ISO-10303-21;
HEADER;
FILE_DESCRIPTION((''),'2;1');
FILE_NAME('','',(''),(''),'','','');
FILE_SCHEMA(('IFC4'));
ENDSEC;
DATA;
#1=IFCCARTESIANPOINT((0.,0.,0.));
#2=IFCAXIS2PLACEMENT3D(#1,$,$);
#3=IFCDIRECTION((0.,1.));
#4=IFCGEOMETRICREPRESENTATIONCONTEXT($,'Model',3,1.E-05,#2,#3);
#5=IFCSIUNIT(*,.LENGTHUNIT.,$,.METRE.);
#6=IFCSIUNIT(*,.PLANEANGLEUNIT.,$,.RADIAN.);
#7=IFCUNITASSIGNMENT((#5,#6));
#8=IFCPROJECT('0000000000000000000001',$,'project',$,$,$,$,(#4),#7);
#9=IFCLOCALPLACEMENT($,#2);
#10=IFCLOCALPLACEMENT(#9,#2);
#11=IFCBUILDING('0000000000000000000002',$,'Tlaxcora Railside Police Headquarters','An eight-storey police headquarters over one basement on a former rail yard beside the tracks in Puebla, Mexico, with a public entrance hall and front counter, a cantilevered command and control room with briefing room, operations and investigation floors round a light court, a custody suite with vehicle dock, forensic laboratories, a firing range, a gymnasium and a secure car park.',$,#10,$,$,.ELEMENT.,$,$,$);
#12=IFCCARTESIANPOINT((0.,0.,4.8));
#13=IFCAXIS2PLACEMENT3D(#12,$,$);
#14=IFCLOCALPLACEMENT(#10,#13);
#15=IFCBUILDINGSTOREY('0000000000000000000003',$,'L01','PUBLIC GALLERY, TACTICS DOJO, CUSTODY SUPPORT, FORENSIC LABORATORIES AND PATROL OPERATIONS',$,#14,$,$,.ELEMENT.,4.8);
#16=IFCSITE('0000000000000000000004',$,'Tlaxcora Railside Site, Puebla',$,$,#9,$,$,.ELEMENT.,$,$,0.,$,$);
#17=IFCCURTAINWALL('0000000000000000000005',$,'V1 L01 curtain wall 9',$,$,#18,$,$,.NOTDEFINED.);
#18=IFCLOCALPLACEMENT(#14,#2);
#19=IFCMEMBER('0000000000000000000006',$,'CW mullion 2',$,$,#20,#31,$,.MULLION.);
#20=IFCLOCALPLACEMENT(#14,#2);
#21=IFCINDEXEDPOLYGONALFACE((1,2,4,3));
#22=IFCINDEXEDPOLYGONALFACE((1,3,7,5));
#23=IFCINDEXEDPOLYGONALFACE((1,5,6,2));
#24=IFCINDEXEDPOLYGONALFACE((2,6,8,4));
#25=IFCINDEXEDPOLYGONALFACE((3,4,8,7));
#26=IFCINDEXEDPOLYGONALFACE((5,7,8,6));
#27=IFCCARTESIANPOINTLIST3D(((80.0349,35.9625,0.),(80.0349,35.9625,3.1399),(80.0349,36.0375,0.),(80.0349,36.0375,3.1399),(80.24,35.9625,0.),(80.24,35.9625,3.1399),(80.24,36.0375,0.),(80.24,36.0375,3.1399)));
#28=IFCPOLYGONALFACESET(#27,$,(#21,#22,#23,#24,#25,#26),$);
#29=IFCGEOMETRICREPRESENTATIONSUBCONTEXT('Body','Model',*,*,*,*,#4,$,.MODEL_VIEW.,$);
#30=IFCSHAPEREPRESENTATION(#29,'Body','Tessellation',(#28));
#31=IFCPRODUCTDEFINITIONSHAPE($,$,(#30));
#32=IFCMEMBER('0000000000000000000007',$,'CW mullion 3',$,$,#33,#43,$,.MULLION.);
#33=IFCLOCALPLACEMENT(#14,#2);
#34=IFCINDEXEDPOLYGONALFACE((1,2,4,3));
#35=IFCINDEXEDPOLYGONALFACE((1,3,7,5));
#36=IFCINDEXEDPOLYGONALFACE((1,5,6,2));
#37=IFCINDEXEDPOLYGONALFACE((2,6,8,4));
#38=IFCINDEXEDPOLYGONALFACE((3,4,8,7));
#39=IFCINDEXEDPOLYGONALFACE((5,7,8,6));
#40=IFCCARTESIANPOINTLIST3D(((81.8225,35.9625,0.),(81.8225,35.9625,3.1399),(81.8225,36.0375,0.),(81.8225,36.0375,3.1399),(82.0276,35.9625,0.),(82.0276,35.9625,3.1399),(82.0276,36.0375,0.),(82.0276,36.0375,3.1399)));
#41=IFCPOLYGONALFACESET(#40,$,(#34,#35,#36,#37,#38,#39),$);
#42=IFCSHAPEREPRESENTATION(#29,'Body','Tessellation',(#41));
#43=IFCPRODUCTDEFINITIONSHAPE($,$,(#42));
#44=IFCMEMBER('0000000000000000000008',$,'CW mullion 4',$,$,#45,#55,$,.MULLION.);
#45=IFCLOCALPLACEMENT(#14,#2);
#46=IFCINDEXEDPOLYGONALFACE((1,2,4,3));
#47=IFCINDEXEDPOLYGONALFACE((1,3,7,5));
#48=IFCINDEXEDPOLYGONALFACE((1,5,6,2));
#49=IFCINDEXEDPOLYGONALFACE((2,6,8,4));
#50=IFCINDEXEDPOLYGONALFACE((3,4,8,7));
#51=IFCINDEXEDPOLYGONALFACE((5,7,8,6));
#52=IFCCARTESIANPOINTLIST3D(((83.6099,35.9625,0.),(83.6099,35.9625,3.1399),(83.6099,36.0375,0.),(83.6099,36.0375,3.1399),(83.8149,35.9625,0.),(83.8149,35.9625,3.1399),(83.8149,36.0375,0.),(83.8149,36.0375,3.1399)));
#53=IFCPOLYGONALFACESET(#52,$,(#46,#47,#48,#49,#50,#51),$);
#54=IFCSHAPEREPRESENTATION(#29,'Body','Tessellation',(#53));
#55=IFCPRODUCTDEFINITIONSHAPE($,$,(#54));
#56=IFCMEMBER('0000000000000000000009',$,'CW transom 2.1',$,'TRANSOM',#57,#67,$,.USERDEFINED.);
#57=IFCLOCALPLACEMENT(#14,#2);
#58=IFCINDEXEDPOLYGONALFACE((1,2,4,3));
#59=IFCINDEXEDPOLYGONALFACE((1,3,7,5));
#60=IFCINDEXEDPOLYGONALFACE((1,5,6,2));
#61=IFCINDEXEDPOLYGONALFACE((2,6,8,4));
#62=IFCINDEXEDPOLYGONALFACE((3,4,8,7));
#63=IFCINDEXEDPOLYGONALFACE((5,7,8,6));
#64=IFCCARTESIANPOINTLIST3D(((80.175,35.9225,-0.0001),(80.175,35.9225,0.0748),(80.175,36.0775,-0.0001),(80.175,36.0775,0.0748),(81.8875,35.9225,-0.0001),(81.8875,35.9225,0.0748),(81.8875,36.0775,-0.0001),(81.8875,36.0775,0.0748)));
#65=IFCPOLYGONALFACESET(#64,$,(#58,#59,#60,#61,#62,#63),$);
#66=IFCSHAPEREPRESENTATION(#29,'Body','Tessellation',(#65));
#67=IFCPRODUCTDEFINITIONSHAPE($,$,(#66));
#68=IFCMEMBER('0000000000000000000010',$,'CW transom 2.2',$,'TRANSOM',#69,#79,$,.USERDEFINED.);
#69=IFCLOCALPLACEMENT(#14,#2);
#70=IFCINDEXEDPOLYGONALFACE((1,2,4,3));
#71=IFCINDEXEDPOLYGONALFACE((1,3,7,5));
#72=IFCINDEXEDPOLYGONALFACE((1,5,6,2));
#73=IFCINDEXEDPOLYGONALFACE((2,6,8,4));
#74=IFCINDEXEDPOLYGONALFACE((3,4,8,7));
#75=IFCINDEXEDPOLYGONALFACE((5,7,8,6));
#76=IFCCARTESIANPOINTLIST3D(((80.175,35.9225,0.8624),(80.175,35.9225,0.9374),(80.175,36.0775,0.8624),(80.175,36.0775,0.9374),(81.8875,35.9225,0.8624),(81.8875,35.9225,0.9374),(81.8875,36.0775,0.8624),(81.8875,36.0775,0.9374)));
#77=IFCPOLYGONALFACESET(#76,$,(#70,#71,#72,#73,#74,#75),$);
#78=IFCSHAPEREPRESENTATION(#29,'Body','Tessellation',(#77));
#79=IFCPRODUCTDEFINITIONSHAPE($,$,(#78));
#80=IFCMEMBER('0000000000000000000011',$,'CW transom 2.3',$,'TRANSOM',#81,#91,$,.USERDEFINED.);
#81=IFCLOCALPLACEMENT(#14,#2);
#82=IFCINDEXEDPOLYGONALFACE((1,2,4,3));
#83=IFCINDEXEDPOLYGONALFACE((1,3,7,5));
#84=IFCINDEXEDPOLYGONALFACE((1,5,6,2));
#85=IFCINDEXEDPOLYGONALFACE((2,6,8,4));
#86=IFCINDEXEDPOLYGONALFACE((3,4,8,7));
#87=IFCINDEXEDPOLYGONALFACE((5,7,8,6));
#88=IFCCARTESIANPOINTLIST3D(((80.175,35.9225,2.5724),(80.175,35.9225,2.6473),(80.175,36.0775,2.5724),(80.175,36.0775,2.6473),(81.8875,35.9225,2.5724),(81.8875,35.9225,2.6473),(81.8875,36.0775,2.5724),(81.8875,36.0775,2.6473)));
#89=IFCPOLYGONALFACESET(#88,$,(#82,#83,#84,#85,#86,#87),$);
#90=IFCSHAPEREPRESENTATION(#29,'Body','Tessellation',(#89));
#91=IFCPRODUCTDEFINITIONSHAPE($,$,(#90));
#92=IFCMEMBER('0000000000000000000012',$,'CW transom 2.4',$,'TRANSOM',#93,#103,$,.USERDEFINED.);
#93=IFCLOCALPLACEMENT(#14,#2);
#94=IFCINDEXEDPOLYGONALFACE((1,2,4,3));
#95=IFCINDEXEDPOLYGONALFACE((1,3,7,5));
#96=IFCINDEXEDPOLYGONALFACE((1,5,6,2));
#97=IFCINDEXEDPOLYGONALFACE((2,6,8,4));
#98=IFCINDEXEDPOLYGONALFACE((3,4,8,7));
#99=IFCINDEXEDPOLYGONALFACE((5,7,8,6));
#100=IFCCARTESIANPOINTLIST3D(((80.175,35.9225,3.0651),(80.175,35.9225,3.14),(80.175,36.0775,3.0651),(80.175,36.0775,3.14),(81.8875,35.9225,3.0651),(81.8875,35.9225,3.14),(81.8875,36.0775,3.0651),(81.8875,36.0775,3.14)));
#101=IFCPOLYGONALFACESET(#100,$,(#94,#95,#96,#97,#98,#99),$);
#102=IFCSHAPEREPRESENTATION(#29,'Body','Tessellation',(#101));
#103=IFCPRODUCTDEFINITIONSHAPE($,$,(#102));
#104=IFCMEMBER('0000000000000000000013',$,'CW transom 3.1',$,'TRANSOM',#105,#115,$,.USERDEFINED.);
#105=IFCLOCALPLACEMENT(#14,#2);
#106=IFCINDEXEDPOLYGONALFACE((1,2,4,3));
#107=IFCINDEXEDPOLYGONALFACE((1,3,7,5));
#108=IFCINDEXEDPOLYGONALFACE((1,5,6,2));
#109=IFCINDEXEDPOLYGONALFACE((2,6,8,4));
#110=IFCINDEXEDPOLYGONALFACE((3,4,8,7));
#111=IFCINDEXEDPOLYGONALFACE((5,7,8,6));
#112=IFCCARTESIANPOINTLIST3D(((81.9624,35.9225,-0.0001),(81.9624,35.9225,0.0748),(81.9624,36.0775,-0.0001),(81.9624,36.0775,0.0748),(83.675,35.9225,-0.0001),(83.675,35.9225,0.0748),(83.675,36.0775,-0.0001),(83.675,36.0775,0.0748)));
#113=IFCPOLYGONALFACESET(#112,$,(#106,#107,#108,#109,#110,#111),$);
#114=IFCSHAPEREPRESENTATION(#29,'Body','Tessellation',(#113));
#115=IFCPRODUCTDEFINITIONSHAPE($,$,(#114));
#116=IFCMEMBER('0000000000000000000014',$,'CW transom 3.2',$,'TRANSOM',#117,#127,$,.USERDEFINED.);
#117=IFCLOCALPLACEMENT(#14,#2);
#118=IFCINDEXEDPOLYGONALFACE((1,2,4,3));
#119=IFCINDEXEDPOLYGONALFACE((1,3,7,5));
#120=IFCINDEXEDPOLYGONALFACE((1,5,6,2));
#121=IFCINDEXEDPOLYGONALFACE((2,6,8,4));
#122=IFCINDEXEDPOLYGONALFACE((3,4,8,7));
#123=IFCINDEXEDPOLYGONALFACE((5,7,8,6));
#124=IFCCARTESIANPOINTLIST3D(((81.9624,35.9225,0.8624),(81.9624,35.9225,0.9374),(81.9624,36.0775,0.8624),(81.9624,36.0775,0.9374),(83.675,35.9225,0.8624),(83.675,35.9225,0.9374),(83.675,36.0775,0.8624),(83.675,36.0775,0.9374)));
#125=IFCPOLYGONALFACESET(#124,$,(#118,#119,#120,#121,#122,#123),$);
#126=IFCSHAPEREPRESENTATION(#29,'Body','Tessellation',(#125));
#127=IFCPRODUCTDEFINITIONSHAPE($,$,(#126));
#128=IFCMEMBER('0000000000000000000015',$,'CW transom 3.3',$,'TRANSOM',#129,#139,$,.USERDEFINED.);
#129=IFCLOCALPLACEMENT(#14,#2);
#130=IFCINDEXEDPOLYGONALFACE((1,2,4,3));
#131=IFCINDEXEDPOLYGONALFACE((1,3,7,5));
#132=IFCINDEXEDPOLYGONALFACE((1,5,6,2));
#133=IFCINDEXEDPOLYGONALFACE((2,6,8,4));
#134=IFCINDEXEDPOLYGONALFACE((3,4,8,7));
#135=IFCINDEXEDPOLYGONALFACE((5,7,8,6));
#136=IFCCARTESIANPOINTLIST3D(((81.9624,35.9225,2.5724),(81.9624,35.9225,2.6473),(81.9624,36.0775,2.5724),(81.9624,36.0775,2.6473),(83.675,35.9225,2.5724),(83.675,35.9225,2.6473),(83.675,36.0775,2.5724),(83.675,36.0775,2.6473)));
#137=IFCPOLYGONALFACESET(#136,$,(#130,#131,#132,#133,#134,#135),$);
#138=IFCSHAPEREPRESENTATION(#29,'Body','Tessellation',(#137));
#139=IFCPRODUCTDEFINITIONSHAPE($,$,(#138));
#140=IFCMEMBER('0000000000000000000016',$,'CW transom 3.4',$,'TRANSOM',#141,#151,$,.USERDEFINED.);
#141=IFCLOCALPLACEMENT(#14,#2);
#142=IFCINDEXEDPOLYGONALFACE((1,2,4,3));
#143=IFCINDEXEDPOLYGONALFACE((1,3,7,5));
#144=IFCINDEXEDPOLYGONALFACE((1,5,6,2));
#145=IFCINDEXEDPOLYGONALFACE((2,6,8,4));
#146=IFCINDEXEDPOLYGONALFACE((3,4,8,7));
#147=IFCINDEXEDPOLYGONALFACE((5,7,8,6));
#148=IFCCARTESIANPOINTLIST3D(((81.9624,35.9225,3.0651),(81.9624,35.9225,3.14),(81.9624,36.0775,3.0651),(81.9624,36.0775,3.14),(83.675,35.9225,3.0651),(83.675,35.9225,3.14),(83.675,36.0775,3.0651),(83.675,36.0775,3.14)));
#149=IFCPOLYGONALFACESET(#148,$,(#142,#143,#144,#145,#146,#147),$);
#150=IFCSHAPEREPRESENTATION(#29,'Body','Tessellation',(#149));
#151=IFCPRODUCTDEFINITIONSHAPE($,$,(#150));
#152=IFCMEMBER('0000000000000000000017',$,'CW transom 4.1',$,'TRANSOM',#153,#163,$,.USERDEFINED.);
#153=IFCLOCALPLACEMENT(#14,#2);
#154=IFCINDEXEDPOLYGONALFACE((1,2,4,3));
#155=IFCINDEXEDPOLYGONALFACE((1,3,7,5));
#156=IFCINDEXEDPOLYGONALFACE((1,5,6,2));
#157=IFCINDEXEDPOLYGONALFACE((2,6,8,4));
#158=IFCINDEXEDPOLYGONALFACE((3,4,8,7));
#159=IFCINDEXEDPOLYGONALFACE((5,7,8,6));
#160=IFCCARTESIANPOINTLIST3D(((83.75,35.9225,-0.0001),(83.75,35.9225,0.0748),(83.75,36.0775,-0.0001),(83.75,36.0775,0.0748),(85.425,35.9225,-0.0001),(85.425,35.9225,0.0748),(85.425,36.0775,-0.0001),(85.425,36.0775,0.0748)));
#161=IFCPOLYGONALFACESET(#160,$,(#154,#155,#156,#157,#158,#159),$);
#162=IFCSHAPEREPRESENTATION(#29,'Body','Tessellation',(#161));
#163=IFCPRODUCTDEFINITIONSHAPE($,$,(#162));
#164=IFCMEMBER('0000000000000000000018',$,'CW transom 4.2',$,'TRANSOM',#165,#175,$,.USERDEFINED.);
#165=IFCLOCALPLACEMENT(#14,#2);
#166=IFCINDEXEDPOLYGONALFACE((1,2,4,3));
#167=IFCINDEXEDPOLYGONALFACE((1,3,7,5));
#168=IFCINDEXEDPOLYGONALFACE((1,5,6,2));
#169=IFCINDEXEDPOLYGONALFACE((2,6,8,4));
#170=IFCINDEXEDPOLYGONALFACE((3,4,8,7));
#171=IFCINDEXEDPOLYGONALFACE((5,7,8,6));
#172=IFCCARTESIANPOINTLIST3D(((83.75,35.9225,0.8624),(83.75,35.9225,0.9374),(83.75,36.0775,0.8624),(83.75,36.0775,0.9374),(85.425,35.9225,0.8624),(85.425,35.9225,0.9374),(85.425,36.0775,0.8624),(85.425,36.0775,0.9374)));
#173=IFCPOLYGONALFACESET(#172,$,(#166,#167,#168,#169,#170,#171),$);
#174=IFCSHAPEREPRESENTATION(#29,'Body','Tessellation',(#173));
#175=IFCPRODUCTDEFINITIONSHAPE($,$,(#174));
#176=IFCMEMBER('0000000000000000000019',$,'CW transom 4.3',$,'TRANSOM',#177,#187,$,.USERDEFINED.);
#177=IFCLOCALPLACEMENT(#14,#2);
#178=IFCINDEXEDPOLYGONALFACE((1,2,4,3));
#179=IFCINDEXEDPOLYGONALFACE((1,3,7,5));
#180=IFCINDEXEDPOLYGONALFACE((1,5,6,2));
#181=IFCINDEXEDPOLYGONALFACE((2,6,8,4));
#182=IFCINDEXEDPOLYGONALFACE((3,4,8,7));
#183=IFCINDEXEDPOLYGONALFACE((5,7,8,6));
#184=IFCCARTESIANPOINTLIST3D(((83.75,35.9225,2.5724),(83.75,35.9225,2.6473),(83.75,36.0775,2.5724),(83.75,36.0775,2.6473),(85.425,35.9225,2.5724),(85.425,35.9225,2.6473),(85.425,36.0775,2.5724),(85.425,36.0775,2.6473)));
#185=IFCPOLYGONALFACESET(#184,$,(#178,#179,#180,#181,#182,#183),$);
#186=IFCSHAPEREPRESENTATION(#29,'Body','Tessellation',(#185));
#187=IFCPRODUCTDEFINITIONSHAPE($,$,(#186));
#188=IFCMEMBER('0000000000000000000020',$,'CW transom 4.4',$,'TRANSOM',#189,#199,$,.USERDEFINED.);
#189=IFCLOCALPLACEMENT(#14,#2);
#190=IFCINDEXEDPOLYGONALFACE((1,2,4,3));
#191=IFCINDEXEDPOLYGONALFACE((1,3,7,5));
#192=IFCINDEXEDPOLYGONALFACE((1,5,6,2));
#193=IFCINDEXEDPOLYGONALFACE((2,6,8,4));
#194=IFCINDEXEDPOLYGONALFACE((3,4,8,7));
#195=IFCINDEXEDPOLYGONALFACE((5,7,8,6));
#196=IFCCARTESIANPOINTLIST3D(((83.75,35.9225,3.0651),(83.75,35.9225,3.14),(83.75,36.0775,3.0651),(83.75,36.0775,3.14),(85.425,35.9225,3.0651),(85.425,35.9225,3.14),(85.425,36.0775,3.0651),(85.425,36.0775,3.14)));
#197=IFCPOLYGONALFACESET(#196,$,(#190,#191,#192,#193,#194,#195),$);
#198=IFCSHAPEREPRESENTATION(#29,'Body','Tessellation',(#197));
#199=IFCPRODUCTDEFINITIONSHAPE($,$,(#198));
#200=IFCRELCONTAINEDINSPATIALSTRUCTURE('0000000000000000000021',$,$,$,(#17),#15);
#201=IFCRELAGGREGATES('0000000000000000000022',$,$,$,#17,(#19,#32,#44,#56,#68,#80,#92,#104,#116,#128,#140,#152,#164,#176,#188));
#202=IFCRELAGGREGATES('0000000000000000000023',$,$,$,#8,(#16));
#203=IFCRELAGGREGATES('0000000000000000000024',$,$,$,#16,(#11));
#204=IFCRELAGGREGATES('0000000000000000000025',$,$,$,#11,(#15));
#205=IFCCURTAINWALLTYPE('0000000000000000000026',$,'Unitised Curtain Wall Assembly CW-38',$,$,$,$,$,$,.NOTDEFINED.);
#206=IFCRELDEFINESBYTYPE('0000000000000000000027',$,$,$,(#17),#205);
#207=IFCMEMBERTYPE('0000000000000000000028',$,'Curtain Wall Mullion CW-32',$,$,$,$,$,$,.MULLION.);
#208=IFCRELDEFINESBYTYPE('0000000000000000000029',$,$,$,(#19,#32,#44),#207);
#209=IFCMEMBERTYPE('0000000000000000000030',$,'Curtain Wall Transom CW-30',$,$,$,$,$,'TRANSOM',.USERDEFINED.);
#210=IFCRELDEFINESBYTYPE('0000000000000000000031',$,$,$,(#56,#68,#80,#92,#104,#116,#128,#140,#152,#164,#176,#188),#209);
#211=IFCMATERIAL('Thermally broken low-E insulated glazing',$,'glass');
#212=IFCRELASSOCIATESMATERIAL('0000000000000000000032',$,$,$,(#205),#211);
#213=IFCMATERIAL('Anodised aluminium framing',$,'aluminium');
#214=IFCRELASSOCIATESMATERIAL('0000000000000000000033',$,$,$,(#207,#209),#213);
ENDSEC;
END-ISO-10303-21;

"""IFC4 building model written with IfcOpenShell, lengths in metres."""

from ifc_helpers import new_model, si_unit, direction, frame, origin, origin_2d, place, context, subcontext, project, spatial, rectangle, extrude, material, material_profile, profile_set, type_object, element, aggregate, save


model = new_model("IFC4")

# Units and contexts
model_context = context("Model", 3, precision=1e-05, world=origin(), true_north=direction((0.0, 1.0)))
body_context = subcontext(model_context, "Body", "Model", "MODEL_VIEW")
ifc_project = project(units=[si_unit("LENGTHUNIT", "METRE"), si_unit("PLANEANGLEUNIT", "RADIAN")], contexts=[model_context])

# Site, building, storey
site_placement = place(None, origin())
site = spatial("IfcSite", under=ifc_project, at=site_placement, Name="Tlaxcora Railside Site, Puebla", CompositionType="ELEMENT", RefElevation=0.0)
building_placement = place(site_placement, origin())
building = spatial("IfcBuilding", under=site, at=building_placement, Name="Tlaxcora Railside Police Headquarters", Description="An eight-storey police headquarters over one basement on a former rail yard beside the tracks in Puebla, Mexico, with a public entrance hall and front counter, a cantilevered command and control room with briefing room, operations and investigation floors round a light court, a custody suite with vehicle dock, forensic laboratories, a firing range, a gymnasium and a secure car park.", CompositionType="ELEMENT")
storey_placement = place(building_placement, frame((0.0, 0.0, 4.8)))
storey = spatial("IfcBuildingStorey", under=building, at=storey_placement, Name="L01", Description="PUBLIC GALLERY, TACTICS DOJO, CUSTODY SUPPORT, FORENSIC LABORATORIES AND PATROL OPERATIONS", CompositionType="ELEMENT", Elevation=4.8)

# Curtain wall, members
ifc_material_1 = material(Name="Thermally broken low-E insulated glazing", Category="glass")
curtain_wall_type = type_object("IfcCurtainWallType", Name="Unitised Curtain Wall Assembly CW-38", PredefinedType="NOTDEFINED", material=ifc_material_1)
curtain_wall_placement = place(storey_placement, origin())
curtain_wall = element("IfcCurtainWall", 1, at=curtain_wall_placement, inside=storey, type_object=curtain_wall_type, Name="V1 L01 curtain wall 9", PredefinedType="NOTDEFINED")
ifc_material_2 = material(Name="Anodised aluminium framing", Category="aluminium")
ifc_material_profile_1 = material_profile(ifc_material_2, rectangle(XDim=0.075, YDim=0.2051, at=origin_2d()), Name="AL75X205")
ifc_profile_set_1 = profile_set([ifc_material_profile_1], Name="Anodised aluminium framing")
member_type_1 = type_object("IfcMemberType", Name="Curtain Wall Mullion CW-32", PredefinedType="MULLION", material=ifc_profile_set_1)
member_1_placement = place(storey_placement, frame((80.1375, 36.0, 0.0), z_axis=(0.0, 0.0, 1.0), x_axis=(0.0, 1.0, 0.0)))
member_1 = element("IfcMember", 2, at=member_1_placement, type_object=member_type_1, Name="CW mullion 2", PredefinedType="MULLION", context=body_context, shape_type="SweptSolid", body=[
    extrude(rectangle(XDim=0.075, YDim=0.2051, at=origin_2d()), origin(), (0.0, 0.0, 1.0), 3.1399),
])
member_2_placement = place(storey_placement, frame((81.925, 36.0, 0.0), z_axis=(0.0, 0.0, 1.0), x_axis=(0.0, 1.0, 0.0)))
member_2 = element("IfcMember", 3, at=member_2_placement, type_object=member_type_1, Name="CW mullion 3", PredefinedType="MULLION", context=body_context, shape_type="SweptSolid", body=[
    extrude(rectangle(XDim=0.075, YDim=0.2051, at=origin_2d()), origin(), (0.0, 0.0, 1.0), 3.1399),
])
member_3_placement = place(storey_placement, frame((83.7124, 36.0, 0.0), z_axis=(0.0, 0.0, 1.0), x_axis=(0.0, 1.0, 0.0)))
member_3 = element("IfcMember", 4, at=member_3_placement, type_object=member_type_1, Name="CW mullion 4", PredefinedType="MULLION", context=body_context, shape_type="SweptSolid", body=[
    extrude(rectangle(XDim=0.075, YDim=0.2051, at=origin_2d()), origin(), (0.0, 0.0, 1.0), 3.1399),
])
ifc_material_profile_2 = material_profile(ifc_material_2, rectangle(XDim=0.155, YDim=0.075, at=origin_2d()), Name="AL75X155")
ifc_profile_set_2 = profile_set([ifc_material_profile_2], Name="Anodised aluminium framing")
member_type_2 = type_object("IfcMemberType", Name="Curtain Wall Transom CW-30", ElementType="TRANSOM", PredefinedType="USERDEFINED", material=ifc_profile_set_2)
member_4_placement = place(storey_placement, frame((80.175, 36.0, 0.0374), z_axis=(1.0, 0.0, 0.0), x_axis=(0.0, 1.0, 0.0)))
member_4 = element("IfcMember", 5, at=member_4_placement, type_object=member_type_2, Name="CW transom 2.1", ObjectType="TRANSOM", PredefinedType="USERDEFINED", context=body_context, shape_type="SweptSolid", body=[
    extrude(rectangle(XDim=0.155, YDim=0.075, at=origin_2d()), origin(), (0.0, 0.0, 1.0), 1.7124),
])
member_5_placement = place(storey_placement, frame((80.175, 36.0, 0.8999), z_axis=(1.0, 0.0, 0.0), x_axis=(0.0, 1.0, 0.0)))
member_5 = element("IfcMember", 6, at=member_5_placement, type_object=member_type_2, Name="CW transom 2.2", ObjectType="TRANSOM", PredefinedType="USERDEFINED", context=body_context, shape_type="SweptSolid", body=[
    extrude(rectangle(XDim=0.155, YDim=0.075, at=origin_2d()), origin(), (0.0, 0.0, 1.0), 1.7124),
])
member_6_placement = place(storey_placement, frame((80.175, 36.0, 2.6099), z_axis=(1.0, 0.0, 0.0), x_axis=(0.0, 1.0, 0.0)))
member_6 = element("IfcMember", 7, at=member_6_placement, type_object=member_type_2, Name="CW transom 2.3", ObjectType="TRANSOM", PredefinedType="USERDEFINED", context=body_context, shape_type="SweptSolid", body=[
    extrude(rectangle(XDim=0.155, YDim=0.075, at=origin_2d()), origin(), (0.0, 0.0, 1.0), 1.7124),
])
member_7_placement = place(storey_placement, frame((80.175, 36.0, 3.1025), z_axis=(1.0, 0.0, 0.0), x_axis=(0.0, 1.0, 0.0)))
member_7 = element("IfcMember", 8, at=member_7_placement, type_object=member_type_2, Name="CW transom 2.4", ObjectType="TRANSOM", PredefinedType="USERDEFINED", context=body_context, shape_type="SweptSolid", body=[
    extrude(rectangle(XDim=0.155, YDim=0.075, at=origin_2d()), origin(), (0.0, 0.0, 1.0), 1.7124),
])
member_8_placement = place(storey_placement, frame((81.9624, 36.0, 0.0374), z_axis=(1.0, 0.0, 0.0), x_axis=(0.0, 1.0, 0.0)))
member_8 = element("IfcMember", 9, at=member_8_placement, type_object=member_type_2, Name="CW transom 3.1", ObjectType="TRANSOM", PredefinedType="USERDEFINED", context=body_context, shape_type="SweptSolid", body=[
    extrude(rectangle(XDim=0.155, YDim=0.075, at=origin_2d()), origin(), (0.0, 0.0, 1.0), 1.7126),
])
member_9_placement = place(storey_placement, frame((81.9624, 36.0, 0.8999), z_axis=(1.0, 0.0, 0.0), x_axis=(0.0, 1.0, 0.0)))
member_9 = element("IfcMember", 10, at=member_9_placement, type_object=member_type_2, Name="CW transom 3.2", ObjectType="TRANSOM", PredefinedType="USERDEFINED", context=body_context, shape_type="SweptSolid", body=[
    extrude(rectangle(XDim=0.155, YDim=0.075, at=origin_2d()), origin(), (0.0, 0.0, 1.0), 1.7126),
])
member_10_placement = place(storey_placement, frame((81.9624, 36.0, 2.6099), z_axis=(1.0, 0.0, 0.0), x_axis=(0.0, 1.0, 0.0)))
member_10 = element("IfcMember", 11, at=member_10_placement, type_object=member_type_2, Name="CW transom 3.3", ObjectType="TRANSOM", PredefinedType="USERDEFINED", context=body_context, shape_type="SweptSolid", body=[
    extrude(rectangle(XDim=0.155, YDim=0.075, at=origin_2d()), origin(), (0.0, 0.0, 1.0), 1.7126),
])
member_11_placement = place(storey_placement, frame((81.9624, 36.0, 3.1025), z_axis=(1.0, 0.0, 0.0), x_axis=(0.0, 1.0, 0.0)))
member_11 = element("IfcMember", 12, at=member_11_placement, type_object=member_type_2, Name="CW transom 3.4", ObjectType="TRANSOM", PredefinedType="USERDEFINED", context=body_context, shape_type="SweptSolid", body=[
    extrude(rectangle(XDim=0.155, YDim=0.075, at=origin_2d()), origin(), (0.0, 0.0, 1.0), 1.7126),
])
member_12_placement = place(storey_placement, frame((83.75, 36.0, 0.0374), z_axis=(1.0, 0.0, 0.0), x_axis=(0.0, 1.0, 0.0)))
member_12 = element("IfcMember", 13, at=member_12_placement, type_object=member_type_2, Name="CW transom 4.1", ObjectType="TRANSOM", PredefinedType="USERDEFINED", context=body_context, shape_type="SweptSolid", body=[
    extrude(rectangle(XDim=0.155, YDim=0.075, at=origin_2d()), origin(), (0.0, 0.0, 1.0), 1.675),
])
member_13_placement = place(storey_placement, frame((83.75, 36.0, 0.8999), z_axis=(1.0, 0.0, 0.0), x_axis=(0.0, 1.0, 0.0)))
member_13 = element("IfcMember", 14, at=member_13_placement, type_object=member_type_2, Name="CW transom 4.2", ObjectType="TRANSOM", PredefinedType="USERDEFINED", context=body_context, shape_type="SweptSolid", body=[
    extrude(rectangle(XDim=0.155, YDim=0.075, at=origin_2d()), origin(), (0.0, 0.0, 1.0), 1.675),
])
member_14_placement = place(storey_placement, frame((83.75, 36.0, 2.6099), z_axis=(1.0, 0.0, 0.0), x_axis=(0.0, 1.0, 0.0)))
member_14 = element("IfcMember", 15, at=member_14_placement, type_object=member_type_2, Name="CW transom 4.3", ObjectType="TRANSOM", PredefinedType="USERDEFINED", context=body_context, shape_type="SweptSolid", body=[
    extrude(rectangle(XDim=0.155, YDim=0.075, at=origin_2d()), origin(), (0.0, 0.0, 1.0), 1.675),
])
member_15_placement = place(storey_placement, frame((83.75, 36.0, 3.1025), z_axis=(1.0, 0.0, 0.0), x_axis=(0.0, 1.0, 0.0)))
member_15 = element("IfcMember", 16, at=member_15_placement, type_object=member_type_2, Name="CW transom 4.4", ObjectType="TRANSOM", PredefinedType="USERDEFINED", context=body_context, shape_type="SweptSolid", body=[
    extrude(rectangle(XDim=0.155, YDim=0.075, at=origin_2d()), origin(), (0.0, 0.0, 1.0), 1.675),
])
aggregate(curtain_wall, [member_1, member_2, member_3, member_4, member_5, member_6, member_7, member_8, member_9, member_10, member_11, member_12, member_13, member_14, member_15])

save(model, "model.ifc")
